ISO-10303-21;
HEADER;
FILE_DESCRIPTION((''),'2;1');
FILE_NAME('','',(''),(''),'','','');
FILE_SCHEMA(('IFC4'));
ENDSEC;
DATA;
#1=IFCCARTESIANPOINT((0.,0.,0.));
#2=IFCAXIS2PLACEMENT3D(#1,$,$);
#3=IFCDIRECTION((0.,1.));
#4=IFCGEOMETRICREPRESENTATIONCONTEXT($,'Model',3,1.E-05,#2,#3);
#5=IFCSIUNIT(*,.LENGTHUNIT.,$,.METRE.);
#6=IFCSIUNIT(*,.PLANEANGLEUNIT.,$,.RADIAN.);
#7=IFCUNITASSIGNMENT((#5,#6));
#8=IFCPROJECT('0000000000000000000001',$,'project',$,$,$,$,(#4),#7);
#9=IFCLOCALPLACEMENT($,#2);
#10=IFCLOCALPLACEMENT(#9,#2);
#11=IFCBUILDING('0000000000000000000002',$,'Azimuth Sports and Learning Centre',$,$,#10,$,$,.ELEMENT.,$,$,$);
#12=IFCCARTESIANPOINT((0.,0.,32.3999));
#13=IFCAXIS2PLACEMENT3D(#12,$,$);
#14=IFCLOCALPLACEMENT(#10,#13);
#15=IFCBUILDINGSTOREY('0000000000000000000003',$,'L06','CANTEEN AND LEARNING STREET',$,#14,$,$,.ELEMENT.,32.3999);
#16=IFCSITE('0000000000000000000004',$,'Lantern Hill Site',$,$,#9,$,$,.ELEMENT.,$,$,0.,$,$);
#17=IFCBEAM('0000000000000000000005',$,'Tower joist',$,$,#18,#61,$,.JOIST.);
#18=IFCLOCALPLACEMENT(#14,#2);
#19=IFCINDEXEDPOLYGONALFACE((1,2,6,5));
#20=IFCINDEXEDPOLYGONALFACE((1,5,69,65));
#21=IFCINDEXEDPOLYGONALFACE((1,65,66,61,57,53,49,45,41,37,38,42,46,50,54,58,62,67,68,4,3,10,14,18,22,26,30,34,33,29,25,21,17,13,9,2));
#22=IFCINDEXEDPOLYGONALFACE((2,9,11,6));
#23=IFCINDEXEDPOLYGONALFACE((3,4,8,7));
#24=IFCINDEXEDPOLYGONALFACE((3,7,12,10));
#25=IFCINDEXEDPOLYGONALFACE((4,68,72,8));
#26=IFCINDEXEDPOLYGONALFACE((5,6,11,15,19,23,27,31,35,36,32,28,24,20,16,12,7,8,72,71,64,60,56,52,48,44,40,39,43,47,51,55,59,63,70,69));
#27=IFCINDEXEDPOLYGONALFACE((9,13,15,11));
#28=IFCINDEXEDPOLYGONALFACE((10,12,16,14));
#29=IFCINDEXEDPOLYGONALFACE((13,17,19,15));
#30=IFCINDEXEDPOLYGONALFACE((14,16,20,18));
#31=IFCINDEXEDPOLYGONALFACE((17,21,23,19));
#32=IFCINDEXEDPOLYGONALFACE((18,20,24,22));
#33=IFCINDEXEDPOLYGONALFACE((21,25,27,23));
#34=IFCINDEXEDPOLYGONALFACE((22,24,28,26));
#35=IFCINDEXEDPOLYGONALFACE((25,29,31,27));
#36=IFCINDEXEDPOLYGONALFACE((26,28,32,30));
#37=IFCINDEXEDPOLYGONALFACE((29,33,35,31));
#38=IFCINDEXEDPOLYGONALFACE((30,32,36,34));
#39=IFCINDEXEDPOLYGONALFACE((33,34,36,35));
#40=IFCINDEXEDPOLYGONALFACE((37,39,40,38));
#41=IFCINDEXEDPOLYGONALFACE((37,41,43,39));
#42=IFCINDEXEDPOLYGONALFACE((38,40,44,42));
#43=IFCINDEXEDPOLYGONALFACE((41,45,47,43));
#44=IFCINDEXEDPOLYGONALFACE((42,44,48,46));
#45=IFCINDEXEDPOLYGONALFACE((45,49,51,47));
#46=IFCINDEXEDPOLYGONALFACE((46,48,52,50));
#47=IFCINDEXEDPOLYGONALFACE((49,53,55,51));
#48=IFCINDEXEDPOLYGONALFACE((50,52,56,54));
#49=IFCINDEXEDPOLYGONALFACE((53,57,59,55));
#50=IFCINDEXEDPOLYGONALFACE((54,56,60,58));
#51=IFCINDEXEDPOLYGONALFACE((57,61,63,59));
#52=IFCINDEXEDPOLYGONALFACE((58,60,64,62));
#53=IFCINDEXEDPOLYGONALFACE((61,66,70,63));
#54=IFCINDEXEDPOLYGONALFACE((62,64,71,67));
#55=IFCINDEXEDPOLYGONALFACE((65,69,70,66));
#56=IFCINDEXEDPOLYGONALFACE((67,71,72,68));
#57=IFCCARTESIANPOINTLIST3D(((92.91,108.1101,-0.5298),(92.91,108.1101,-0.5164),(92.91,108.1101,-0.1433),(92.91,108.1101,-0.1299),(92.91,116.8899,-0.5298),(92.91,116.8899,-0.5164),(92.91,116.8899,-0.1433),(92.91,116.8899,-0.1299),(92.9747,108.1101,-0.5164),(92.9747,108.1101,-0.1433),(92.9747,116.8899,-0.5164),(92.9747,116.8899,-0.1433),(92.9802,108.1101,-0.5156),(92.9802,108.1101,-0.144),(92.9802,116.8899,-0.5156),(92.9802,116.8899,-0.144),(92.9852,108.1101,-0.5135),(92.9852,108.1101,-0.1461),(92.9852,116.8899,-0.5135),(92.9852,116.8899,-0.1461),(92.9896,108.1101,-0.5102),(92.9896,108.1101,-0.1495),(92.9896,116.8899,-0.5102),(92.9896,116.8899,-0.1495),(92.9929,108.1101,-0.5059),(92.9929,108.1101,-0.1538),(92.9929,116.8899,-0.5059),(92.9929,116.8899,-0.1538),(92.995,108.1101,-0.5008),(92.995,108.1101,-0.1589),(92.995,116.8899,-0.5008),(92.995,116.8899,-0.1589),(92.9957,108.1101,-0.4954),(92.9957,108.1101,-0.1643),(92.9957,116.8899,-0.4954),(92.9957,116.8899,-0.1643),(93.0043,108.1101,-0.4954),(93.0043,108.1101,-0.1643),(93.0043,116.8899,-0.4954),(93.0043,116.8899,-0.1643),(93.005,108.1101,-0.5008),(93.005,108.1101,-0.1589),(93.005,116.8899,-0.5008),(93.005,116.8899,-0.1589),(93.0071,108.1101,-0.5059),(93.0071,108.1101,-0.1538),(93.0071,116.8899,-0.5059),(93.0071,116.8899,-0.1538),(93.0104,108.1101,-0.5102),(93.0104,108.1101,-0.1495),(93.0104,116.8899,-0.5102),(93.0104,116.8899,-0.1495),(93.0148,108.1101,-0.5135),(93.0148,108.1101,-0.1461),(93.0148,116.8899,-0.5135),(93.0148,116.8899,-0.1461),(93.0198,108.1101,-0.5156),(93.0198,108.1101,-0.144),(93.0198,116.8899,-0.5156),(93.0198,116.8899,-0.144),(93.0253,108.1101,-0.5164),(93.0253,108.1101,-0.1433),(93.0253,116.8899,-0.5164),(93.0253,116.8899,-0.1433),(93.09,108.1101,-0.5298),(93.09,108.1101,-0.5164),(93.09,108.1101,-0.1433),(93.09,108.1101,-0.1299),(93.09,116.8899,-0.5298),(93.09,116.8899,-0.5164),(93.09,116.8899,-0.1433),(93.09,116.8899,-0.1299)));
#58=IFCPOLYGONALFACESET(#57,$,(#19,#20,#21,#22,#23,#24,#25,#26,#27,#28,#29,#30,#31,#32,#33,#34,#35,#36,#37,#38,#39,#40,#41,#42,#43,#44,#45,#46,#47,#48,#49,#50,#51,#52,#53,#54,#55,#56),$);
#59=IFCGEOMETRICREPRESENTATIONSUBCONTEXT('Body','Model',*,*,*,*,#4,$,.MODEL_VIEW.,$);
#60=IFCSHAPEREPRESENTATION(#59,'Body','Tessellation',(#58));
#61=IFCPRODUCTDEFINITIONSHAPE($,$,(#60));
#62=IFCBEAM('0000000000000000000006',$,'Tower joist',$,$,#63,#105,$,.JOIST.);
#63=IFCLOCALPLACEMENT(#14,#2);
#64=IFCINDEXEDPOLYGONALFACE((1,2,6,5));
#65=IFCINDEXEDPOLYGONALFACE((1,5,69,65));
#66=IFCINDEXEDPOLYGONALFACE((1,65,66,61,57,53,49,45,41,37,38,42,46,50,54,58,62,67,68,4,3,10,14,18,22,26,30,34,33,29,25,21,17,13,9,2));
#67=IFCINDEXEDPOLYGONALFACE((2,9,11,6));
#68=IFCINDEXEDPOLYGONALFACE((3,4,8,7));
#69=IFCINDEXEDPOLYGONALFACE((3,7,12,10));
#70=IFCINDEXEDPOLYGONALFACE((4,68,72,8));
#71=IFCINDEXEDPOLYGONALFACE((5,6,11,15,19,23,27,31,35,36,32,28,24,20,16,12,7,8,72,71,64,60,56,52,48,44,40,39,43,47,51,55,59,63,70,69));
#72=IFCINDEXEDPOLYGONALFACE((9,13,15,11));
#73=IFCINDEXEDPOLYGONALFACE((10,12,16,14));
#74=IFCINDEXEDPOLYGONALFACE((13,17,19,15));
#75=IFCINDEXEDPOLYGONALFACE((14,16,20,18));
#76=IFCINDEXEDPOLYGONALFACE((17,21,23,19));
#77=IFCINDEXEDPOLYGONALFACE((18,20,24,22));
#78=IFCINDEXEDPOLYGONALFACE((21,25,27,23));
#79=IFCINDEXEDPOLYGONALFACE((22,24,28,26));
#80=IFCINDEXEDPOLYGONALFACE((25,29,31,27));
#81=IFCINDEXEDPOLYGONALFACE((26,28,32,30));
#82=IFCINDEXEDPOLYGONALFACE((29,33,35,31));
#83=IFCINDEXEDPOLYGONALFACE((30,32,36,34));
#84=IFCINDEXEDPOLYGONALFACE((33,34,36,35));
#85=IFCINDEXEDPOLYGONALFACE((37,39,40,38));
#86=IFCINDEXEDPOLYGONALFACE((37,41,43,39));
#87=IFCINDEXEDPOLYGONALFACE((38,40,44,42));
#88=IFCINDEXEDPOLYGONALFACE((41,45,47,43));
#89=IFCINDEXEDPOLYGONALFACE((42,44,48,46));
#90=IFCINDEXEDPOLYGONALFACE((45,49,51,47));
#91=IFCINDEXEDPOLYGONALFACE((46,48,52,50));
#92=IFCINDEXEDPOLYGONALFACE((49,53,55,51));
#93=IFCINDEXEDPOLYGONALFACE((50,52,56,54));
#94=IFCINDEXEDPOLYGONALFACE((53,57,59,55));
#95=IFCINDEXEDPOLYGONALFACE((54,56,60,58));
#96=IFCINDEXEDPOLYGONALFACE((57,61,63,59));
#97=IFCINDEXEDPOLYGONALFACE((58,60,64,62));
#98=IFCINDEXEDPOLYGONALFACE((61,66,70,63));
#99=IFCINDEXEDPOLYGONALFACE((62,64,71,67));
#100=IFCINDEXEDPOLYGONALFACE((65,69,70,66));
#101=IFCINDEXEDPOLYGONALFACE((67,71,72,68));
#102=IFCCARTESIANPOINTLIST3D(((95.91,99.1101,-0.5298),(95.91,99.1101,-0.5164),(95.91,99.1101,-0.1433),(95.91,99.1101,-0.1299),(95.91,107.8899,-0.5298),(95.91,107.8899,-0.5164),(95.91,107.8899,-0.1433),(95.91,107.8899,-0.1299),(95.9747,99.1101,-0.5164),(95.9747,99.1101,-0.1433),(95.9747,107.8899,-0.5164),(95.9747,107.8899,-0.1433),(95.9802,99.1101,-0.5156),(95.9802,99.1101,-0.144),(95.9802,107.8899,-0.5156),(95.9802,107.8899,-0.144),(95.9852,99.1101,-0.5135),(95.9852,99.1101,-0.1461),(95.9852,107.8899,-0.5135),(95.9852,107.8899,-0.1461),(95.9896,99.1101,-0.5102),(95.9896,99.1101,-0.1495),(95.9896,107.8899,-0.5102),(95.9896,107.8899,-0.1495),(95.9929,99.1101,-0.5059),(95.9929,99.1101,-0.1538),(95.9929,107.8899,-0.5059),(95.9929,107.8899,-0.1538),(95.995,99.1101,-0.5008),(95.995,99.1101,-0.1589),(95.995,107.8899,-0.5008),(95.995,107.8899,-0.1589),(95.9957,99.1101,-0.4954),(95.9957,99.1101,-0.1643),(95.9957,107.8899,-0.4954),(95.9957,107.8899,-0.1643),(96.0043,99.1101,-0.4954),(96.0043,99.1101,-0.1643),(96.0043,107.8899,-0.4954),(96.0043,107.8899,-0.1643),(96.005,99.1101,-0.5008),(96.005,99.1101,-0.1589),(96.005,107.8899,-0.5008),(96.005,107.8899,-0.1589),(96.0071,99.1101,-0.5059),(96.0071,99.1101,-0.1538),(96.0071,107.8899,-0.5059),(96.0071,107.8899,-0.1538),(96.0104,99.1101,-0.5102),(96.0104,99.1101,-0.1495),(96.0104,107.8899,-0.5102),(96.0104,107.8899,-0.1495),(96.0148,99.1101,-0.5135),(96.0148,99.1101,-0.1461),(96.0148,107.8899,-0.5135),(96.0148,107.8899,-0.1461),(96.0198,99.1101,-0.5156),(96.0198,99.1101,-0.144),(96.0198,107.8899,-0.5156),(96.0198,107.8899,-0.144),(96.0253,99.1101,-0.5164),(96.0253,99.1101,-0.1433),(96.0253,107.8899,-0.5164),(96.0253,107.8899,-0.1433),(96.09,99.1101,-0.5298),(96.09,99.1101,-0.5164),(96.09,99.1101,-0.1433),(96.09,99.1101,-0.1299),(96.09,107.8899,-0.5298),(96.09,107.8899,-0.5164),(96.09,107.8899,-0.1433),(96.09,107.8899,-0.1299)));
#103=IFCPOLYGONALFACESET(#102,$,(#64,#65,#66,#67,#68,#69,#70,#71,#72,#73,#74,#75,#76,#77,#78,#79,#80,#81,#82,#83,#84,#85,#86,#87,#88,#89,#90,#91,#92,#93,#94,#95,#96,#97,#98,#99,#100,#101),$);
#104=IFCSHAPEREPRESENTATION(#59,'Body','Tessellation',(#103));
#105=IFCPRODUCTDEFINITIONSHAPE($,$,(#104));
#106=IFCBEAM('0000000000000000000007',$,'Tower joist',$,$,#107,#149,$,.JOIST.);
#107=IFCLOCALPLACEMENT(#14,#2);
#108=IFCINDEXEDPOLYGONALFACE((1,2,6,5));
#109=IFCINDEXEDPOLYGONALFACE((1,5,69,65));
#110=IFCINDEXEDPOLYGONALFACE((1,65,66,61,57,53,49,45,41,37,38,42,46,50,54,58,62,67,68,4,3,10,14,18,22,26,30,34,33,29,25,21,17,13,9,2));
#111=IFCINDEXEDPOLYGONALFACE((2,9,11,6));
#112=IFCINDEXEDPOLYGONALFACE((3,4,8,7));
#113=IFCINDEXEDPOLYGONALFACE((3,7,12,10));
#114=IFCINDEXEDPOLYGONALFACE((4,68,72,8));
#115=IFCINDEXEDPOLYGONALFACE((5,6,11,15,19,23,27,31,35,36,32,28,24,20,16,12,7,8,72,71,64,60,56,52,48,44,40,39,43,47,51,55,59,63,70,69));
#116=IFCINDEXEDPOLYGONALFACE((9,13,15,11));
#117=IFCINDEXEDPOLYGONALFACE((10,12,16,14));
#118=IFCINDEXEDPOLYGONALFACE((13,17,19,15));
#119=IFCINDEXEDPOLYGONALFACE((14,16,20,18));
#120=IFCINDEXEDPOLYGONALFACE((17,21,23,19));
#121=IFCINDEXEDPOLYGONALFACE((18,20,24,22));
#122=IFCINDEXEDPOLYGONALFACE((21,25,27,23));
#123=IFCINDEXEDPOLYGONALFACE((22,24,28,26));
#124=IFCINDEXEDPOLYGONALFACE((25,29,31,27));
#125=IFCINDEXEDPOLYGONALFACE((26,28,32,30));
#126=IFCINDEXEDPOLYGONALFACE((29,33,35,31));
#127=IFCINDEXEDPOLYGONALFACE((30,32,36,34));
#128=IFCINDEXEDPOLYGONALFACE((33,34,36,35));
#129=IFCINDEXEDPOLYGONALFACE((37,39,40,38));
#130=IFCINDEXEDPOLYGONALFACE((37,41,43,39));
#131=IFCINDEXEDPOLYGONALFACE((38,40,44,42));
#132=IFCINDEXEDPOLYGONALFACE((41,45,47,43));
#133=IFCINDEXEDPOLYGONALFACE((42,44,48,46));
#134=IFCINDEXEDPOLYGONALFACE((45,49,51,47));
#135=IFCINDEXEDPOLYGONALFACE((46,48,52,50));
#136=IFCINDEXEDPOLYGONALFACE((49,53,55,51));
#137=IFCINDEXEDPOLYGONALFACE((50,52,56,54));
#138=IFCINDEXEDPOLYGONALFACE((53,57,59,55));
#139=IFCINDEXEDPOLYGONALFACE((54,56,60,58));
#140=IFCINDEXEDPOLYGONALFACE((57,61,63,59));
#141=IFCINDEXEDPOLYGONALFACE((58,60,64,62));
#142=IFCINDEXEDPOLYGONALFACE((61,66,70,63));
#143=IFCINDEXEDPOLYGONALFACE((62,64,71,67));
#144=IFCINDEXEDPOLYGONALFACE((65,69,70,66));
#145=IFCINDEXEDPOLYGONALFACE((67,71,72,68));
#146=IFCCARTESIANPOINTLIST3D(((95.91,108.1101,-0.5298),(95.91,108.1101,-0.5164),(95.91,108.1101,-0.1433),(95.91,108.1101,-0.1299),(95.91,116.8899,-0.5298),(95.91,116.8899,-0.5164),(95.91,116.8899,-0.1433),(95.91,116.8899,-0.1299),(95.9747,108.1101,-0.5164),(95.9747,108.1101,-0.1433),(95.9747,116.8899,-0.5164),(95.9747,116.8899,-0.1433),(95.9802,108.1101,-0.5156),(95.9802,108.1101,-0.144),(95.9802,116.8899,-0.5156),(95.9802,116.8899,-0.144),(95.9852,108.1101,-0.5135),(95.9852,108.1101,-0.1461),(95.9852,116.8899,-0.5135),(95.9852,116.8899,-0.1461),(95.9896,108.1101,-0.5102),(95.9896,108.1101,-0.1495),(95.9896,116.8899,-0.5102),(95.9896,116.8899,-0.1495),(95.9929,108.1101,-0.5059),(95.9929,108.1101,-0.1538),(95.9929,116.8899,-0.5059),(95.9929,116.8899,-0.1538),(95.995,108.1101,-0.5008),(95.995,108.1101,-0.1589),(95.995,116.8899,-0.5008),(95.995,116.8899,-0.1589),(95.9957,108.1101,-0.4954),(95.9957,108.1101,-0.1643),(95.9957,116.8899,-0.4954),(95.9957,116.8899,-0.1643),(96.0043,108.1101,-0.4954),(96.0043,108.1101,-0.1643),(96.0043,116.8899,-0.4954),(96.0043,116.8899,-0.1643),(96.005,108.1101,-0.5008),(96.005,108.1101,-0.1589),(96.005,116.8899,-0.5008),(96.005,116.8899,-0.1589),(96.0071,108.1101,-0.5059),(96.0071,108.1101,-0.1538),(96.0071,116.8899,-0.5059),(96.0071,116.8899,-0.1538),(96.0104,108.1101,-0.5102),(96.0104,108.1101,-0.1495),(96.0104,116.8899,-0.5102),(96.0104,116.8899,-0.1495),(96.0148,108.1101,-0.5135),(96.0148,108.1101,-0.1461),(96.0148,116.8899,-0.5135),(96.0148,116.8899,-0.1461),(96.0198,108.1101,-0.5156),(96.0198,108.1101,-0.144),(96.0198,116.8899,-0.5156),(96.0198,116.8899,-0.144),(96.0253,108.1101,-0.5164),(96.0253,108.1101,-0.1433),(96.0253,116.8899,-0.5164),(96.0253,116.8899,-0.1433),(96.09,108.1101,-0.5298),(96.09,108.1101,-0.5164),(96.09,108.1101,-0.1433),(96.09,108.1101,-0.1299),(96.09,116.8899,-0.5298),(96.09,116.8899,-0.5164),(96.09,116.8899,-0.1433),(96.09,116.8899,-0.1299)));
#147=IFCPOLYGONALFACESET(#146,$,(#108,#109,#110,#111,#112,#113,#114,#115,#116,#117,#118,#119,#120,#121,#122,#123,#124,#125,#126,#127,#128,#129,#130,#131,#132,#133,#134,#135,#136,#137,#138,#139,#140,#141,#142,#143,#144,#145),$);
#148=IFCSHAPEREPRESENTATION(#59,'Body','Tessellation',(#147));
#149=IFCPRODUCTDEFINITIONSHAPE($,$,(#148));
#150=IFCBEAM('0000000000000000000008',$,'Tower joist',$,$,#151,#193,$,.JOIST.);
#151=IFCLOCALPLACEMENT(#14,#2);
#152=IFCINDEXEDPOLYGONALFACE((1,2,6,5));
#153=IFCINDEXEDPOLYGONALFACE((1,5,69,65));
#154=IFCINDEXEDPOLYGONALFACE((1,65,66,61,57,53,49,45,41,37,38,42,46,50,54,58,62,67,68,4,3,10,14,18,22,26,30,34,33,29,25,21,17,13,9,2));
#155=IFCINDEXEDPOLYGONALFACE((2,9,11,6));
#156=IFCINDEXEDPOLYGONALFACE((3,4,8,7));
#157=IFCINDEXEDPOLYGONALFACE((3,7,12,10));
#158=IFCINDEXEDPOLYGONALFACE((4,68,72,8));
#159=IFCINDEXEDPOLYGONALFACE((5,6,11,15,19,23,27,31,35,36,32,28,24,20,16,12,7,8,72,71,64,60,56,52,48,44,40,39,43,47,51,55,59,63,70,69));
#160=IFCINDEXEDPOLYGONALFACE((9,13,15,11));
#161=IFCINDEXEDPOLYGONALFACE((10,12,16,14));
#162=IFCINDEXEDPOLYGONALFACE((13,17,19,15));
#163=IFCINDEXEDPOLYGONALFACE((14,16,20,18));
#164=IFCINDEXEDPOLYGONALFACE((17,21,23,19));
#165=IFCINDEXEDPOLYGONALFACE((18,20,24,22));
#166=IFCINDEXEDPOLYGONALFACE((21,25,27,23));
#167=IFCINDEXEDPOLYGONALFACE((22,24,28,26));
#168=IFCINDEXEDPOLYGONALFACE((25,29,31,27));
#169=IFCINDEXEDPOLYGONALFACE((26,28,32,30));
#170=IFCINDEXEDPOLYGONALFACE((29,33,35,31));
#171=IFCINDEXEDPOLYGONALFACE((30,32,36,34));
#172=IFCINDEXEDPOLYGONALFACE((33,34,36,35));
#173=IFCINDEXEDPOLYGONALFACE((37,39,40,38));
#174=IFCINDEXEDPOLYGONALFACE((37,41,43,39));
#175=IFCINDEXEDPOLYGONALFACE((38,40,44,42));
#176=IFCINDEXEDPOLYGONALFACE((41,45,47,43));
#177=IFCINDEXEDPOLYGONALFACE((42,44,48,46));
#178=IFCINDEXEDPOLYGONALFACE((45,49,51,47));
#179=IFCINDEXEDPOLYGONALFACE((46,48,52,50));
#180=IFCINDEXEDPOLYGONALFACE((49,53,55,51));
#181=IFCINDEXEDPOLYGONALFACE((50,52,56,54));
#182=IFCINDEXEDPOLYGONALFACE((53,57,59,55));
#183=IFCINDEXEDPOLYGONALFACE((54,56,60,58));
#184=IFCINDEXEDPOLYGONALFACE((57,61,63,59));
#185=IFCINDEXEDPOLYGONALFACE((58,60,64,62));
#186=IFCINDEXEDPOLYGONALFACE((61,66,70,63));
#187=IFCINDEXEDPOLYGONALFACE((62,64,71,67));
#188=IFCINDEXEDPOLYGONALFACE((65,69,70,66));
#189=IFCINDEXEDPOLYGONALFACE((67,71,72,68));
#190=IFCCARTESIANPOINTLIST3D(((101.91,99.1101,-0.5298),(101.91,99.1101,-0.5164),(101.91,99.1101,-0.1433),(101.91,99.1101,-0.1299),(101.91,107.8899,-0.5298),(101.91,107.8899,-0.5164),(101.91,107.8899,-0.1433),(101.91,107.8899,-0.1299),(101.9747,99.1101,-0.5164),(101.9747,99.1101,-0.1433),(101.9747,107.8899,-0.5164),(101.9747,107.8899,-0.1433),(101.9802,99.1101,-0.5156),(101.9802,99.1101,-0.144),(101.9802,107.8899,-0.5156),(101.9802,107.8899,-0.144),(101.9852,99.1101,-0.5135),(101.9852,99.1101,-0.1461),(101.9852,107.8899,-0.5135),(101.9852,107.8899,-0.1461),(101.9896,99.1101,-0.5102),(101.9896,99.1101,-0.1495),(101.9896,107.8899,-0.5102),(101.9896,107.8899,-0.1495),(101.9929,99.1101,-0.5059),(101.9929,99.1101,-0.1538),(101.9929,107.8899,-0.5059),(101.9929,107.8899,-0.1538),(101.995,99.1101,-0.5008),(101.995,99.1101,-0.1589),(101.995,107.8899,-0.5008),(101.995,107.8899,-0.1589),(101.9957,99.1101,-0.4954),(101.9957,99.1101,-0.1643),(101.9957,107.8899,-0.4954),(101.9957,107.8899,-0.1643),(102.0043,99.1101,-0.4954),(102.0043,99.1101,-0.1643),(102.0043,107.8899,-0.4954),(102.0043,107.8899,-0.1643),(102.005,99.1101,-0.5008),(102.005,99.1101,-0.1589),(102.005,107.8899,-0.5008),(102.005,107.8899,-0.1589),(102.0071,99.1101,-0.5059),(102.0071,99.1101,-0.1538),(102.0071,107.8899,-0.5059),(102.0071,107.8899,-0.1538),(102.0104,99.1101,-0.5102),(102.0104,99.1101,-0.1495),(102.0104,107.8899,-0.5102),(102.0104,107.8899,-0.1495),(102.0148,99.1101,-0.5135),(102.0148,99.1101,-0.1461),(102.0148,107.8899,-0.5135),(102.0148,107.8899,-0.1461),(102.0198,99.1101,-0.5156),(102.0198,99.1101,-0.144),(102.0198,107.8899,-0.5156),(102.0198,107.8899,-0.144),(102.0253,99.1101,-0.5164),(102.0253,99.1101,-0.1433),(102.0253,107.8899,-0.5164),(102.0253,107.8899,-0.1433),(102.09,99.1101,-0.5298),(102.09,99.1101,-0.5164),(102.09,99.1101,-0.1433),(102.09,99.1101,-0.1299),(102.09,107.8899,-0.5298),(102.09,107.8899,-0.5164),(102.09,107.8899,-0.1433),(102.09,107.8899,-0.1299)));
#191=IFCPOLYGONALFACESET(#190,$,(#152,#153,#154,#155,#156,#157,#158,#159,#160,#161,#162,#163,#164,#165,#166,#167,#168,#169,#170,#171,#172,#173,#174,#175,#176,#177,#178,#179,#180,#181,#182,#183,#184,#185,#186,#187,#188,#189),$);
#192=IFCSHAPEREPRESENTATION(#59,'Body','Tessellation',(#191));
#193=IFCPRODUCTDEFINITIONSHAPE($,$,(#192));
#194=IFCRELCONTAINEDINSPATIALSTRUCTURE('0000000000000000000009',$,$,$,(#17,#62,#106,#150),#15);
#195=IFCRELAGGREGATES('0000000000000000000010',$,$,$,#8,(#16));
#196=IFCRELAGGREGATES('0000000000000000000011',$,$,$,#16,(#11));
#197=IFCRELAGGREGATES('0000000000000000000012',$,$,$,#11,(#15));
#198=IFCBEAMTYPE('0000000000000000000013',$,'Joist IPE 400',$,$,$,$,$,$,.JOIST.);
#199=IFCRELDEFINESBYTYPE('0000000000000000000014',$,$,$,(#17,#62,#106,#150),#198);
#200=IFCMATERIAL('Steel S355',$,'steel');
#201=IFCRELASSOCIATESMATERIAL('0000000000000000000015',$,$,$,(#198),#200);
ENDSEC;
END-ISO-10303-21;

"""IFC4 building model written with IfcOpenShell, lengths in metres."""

from ifc_helpers import new_model, si_unit, direction, frame, origin, origin_2d, place, context, subcontext, project, spatial, i_section, extrude, material, material_profile, profile_set, type_object, element, save


model = new_model("IFC4")

# Units and contexts
model_context = context("Model", 3, precision=1e-05, world=origin(), true_north=direction((0.0, 1.0)))
body_context = subcontext(model_context, "Body", "Model", "MODEL_VIEW")
ifc_project = project(units=[si_unit("LENGTHUNIT", "METRE"), si_unit("PLANEANGLEUNIT", "RADIAN")], contexts=[model_context])

# Site, building, storey
site_placement = place(None, origin())
site = spatial("IfcSite", under=ifc_project, at=site_placement, Name="Lantern Hill Site", CompositionType="ELEMENT", RefElevation=0.0)
building_placement = place(site_placement, origin())
building = spatial("IfcBuilding", under=site, at=building_placement, Name="Azimuth Sports and Learning Centre", CompositionType="ELEMENT")
storey_placement = place(building_placement, frame((0.0, 0.0, 32.3999)))
storey = spatial("IfcBuildingStorey", under=building, at=storey_placement, Name="L06", Description="CANTEEN AND LEARNING STREET", CompositionType="ELEMENT", Elevation=32.3999)

# Beams
ifc_material_1 = material(Name="Steel S355", Category="steel")
ifc_material_profile_1 = material_profile(ifc_material_1, i_section(OverallWidth=0.1799, OverallDepth=0.3999, WebThickness=0.0085, FlangeThickness=0.0134, FilletRadius=0.021, at=origin_2d()), Name="IPE 400")
ifc_profile_set_1 = profile_set([ifc_material_profile_1], Name="Steel S355")
beam_type_1 = type_object("IfcBeamType", Name="Joist IPE 400", PredefinedType="JOIST", material=ifc_profile_set_1)
for number, where, z_axis, x_axis, name in (
    (1, (93.0, 108.1101, -0.3298), (0.0, 1.0, 0.0), (-1.0, 0.0, 0.0), "Tower joist"),
    (2, (96.0, 99.1101, -0.3298), (0.0, 1.0, 0.0), (-1.0, 0.0, 0.0), "Tower joist"),
    (3, (96.0, 108.1101, -0.3298), (0.0, 1.0, 0.0), (-1.0, 0.0, 0.0), "Tower joist"),
    (4, (102.0, 99.1101, -0.3298), (0.0, 1.0, 0.0), (-1.0, 0.0, 0.0), "Tower joist"),
):
    element("IfcBeam", number, at=place(storey_placement, frame(where, z_axis=z_axis, x_axis=x_axis)), inside=storey, type_object=beam_type_1, Name=name, PredefinedType="JOIST", context=body_context, shape_type="SweptSolid", body=[
        extrude(i_section(OverallWidth=0.1799, OverallDepth=0.3999, WebThickness=0.0085, FlangeThickness=0.0134, FilletRadius=0.021, at=origin_2d()), origin(), (0.0, 0.0, 1.0), 8.7798),
    ])

save(model, "model.ifc")
